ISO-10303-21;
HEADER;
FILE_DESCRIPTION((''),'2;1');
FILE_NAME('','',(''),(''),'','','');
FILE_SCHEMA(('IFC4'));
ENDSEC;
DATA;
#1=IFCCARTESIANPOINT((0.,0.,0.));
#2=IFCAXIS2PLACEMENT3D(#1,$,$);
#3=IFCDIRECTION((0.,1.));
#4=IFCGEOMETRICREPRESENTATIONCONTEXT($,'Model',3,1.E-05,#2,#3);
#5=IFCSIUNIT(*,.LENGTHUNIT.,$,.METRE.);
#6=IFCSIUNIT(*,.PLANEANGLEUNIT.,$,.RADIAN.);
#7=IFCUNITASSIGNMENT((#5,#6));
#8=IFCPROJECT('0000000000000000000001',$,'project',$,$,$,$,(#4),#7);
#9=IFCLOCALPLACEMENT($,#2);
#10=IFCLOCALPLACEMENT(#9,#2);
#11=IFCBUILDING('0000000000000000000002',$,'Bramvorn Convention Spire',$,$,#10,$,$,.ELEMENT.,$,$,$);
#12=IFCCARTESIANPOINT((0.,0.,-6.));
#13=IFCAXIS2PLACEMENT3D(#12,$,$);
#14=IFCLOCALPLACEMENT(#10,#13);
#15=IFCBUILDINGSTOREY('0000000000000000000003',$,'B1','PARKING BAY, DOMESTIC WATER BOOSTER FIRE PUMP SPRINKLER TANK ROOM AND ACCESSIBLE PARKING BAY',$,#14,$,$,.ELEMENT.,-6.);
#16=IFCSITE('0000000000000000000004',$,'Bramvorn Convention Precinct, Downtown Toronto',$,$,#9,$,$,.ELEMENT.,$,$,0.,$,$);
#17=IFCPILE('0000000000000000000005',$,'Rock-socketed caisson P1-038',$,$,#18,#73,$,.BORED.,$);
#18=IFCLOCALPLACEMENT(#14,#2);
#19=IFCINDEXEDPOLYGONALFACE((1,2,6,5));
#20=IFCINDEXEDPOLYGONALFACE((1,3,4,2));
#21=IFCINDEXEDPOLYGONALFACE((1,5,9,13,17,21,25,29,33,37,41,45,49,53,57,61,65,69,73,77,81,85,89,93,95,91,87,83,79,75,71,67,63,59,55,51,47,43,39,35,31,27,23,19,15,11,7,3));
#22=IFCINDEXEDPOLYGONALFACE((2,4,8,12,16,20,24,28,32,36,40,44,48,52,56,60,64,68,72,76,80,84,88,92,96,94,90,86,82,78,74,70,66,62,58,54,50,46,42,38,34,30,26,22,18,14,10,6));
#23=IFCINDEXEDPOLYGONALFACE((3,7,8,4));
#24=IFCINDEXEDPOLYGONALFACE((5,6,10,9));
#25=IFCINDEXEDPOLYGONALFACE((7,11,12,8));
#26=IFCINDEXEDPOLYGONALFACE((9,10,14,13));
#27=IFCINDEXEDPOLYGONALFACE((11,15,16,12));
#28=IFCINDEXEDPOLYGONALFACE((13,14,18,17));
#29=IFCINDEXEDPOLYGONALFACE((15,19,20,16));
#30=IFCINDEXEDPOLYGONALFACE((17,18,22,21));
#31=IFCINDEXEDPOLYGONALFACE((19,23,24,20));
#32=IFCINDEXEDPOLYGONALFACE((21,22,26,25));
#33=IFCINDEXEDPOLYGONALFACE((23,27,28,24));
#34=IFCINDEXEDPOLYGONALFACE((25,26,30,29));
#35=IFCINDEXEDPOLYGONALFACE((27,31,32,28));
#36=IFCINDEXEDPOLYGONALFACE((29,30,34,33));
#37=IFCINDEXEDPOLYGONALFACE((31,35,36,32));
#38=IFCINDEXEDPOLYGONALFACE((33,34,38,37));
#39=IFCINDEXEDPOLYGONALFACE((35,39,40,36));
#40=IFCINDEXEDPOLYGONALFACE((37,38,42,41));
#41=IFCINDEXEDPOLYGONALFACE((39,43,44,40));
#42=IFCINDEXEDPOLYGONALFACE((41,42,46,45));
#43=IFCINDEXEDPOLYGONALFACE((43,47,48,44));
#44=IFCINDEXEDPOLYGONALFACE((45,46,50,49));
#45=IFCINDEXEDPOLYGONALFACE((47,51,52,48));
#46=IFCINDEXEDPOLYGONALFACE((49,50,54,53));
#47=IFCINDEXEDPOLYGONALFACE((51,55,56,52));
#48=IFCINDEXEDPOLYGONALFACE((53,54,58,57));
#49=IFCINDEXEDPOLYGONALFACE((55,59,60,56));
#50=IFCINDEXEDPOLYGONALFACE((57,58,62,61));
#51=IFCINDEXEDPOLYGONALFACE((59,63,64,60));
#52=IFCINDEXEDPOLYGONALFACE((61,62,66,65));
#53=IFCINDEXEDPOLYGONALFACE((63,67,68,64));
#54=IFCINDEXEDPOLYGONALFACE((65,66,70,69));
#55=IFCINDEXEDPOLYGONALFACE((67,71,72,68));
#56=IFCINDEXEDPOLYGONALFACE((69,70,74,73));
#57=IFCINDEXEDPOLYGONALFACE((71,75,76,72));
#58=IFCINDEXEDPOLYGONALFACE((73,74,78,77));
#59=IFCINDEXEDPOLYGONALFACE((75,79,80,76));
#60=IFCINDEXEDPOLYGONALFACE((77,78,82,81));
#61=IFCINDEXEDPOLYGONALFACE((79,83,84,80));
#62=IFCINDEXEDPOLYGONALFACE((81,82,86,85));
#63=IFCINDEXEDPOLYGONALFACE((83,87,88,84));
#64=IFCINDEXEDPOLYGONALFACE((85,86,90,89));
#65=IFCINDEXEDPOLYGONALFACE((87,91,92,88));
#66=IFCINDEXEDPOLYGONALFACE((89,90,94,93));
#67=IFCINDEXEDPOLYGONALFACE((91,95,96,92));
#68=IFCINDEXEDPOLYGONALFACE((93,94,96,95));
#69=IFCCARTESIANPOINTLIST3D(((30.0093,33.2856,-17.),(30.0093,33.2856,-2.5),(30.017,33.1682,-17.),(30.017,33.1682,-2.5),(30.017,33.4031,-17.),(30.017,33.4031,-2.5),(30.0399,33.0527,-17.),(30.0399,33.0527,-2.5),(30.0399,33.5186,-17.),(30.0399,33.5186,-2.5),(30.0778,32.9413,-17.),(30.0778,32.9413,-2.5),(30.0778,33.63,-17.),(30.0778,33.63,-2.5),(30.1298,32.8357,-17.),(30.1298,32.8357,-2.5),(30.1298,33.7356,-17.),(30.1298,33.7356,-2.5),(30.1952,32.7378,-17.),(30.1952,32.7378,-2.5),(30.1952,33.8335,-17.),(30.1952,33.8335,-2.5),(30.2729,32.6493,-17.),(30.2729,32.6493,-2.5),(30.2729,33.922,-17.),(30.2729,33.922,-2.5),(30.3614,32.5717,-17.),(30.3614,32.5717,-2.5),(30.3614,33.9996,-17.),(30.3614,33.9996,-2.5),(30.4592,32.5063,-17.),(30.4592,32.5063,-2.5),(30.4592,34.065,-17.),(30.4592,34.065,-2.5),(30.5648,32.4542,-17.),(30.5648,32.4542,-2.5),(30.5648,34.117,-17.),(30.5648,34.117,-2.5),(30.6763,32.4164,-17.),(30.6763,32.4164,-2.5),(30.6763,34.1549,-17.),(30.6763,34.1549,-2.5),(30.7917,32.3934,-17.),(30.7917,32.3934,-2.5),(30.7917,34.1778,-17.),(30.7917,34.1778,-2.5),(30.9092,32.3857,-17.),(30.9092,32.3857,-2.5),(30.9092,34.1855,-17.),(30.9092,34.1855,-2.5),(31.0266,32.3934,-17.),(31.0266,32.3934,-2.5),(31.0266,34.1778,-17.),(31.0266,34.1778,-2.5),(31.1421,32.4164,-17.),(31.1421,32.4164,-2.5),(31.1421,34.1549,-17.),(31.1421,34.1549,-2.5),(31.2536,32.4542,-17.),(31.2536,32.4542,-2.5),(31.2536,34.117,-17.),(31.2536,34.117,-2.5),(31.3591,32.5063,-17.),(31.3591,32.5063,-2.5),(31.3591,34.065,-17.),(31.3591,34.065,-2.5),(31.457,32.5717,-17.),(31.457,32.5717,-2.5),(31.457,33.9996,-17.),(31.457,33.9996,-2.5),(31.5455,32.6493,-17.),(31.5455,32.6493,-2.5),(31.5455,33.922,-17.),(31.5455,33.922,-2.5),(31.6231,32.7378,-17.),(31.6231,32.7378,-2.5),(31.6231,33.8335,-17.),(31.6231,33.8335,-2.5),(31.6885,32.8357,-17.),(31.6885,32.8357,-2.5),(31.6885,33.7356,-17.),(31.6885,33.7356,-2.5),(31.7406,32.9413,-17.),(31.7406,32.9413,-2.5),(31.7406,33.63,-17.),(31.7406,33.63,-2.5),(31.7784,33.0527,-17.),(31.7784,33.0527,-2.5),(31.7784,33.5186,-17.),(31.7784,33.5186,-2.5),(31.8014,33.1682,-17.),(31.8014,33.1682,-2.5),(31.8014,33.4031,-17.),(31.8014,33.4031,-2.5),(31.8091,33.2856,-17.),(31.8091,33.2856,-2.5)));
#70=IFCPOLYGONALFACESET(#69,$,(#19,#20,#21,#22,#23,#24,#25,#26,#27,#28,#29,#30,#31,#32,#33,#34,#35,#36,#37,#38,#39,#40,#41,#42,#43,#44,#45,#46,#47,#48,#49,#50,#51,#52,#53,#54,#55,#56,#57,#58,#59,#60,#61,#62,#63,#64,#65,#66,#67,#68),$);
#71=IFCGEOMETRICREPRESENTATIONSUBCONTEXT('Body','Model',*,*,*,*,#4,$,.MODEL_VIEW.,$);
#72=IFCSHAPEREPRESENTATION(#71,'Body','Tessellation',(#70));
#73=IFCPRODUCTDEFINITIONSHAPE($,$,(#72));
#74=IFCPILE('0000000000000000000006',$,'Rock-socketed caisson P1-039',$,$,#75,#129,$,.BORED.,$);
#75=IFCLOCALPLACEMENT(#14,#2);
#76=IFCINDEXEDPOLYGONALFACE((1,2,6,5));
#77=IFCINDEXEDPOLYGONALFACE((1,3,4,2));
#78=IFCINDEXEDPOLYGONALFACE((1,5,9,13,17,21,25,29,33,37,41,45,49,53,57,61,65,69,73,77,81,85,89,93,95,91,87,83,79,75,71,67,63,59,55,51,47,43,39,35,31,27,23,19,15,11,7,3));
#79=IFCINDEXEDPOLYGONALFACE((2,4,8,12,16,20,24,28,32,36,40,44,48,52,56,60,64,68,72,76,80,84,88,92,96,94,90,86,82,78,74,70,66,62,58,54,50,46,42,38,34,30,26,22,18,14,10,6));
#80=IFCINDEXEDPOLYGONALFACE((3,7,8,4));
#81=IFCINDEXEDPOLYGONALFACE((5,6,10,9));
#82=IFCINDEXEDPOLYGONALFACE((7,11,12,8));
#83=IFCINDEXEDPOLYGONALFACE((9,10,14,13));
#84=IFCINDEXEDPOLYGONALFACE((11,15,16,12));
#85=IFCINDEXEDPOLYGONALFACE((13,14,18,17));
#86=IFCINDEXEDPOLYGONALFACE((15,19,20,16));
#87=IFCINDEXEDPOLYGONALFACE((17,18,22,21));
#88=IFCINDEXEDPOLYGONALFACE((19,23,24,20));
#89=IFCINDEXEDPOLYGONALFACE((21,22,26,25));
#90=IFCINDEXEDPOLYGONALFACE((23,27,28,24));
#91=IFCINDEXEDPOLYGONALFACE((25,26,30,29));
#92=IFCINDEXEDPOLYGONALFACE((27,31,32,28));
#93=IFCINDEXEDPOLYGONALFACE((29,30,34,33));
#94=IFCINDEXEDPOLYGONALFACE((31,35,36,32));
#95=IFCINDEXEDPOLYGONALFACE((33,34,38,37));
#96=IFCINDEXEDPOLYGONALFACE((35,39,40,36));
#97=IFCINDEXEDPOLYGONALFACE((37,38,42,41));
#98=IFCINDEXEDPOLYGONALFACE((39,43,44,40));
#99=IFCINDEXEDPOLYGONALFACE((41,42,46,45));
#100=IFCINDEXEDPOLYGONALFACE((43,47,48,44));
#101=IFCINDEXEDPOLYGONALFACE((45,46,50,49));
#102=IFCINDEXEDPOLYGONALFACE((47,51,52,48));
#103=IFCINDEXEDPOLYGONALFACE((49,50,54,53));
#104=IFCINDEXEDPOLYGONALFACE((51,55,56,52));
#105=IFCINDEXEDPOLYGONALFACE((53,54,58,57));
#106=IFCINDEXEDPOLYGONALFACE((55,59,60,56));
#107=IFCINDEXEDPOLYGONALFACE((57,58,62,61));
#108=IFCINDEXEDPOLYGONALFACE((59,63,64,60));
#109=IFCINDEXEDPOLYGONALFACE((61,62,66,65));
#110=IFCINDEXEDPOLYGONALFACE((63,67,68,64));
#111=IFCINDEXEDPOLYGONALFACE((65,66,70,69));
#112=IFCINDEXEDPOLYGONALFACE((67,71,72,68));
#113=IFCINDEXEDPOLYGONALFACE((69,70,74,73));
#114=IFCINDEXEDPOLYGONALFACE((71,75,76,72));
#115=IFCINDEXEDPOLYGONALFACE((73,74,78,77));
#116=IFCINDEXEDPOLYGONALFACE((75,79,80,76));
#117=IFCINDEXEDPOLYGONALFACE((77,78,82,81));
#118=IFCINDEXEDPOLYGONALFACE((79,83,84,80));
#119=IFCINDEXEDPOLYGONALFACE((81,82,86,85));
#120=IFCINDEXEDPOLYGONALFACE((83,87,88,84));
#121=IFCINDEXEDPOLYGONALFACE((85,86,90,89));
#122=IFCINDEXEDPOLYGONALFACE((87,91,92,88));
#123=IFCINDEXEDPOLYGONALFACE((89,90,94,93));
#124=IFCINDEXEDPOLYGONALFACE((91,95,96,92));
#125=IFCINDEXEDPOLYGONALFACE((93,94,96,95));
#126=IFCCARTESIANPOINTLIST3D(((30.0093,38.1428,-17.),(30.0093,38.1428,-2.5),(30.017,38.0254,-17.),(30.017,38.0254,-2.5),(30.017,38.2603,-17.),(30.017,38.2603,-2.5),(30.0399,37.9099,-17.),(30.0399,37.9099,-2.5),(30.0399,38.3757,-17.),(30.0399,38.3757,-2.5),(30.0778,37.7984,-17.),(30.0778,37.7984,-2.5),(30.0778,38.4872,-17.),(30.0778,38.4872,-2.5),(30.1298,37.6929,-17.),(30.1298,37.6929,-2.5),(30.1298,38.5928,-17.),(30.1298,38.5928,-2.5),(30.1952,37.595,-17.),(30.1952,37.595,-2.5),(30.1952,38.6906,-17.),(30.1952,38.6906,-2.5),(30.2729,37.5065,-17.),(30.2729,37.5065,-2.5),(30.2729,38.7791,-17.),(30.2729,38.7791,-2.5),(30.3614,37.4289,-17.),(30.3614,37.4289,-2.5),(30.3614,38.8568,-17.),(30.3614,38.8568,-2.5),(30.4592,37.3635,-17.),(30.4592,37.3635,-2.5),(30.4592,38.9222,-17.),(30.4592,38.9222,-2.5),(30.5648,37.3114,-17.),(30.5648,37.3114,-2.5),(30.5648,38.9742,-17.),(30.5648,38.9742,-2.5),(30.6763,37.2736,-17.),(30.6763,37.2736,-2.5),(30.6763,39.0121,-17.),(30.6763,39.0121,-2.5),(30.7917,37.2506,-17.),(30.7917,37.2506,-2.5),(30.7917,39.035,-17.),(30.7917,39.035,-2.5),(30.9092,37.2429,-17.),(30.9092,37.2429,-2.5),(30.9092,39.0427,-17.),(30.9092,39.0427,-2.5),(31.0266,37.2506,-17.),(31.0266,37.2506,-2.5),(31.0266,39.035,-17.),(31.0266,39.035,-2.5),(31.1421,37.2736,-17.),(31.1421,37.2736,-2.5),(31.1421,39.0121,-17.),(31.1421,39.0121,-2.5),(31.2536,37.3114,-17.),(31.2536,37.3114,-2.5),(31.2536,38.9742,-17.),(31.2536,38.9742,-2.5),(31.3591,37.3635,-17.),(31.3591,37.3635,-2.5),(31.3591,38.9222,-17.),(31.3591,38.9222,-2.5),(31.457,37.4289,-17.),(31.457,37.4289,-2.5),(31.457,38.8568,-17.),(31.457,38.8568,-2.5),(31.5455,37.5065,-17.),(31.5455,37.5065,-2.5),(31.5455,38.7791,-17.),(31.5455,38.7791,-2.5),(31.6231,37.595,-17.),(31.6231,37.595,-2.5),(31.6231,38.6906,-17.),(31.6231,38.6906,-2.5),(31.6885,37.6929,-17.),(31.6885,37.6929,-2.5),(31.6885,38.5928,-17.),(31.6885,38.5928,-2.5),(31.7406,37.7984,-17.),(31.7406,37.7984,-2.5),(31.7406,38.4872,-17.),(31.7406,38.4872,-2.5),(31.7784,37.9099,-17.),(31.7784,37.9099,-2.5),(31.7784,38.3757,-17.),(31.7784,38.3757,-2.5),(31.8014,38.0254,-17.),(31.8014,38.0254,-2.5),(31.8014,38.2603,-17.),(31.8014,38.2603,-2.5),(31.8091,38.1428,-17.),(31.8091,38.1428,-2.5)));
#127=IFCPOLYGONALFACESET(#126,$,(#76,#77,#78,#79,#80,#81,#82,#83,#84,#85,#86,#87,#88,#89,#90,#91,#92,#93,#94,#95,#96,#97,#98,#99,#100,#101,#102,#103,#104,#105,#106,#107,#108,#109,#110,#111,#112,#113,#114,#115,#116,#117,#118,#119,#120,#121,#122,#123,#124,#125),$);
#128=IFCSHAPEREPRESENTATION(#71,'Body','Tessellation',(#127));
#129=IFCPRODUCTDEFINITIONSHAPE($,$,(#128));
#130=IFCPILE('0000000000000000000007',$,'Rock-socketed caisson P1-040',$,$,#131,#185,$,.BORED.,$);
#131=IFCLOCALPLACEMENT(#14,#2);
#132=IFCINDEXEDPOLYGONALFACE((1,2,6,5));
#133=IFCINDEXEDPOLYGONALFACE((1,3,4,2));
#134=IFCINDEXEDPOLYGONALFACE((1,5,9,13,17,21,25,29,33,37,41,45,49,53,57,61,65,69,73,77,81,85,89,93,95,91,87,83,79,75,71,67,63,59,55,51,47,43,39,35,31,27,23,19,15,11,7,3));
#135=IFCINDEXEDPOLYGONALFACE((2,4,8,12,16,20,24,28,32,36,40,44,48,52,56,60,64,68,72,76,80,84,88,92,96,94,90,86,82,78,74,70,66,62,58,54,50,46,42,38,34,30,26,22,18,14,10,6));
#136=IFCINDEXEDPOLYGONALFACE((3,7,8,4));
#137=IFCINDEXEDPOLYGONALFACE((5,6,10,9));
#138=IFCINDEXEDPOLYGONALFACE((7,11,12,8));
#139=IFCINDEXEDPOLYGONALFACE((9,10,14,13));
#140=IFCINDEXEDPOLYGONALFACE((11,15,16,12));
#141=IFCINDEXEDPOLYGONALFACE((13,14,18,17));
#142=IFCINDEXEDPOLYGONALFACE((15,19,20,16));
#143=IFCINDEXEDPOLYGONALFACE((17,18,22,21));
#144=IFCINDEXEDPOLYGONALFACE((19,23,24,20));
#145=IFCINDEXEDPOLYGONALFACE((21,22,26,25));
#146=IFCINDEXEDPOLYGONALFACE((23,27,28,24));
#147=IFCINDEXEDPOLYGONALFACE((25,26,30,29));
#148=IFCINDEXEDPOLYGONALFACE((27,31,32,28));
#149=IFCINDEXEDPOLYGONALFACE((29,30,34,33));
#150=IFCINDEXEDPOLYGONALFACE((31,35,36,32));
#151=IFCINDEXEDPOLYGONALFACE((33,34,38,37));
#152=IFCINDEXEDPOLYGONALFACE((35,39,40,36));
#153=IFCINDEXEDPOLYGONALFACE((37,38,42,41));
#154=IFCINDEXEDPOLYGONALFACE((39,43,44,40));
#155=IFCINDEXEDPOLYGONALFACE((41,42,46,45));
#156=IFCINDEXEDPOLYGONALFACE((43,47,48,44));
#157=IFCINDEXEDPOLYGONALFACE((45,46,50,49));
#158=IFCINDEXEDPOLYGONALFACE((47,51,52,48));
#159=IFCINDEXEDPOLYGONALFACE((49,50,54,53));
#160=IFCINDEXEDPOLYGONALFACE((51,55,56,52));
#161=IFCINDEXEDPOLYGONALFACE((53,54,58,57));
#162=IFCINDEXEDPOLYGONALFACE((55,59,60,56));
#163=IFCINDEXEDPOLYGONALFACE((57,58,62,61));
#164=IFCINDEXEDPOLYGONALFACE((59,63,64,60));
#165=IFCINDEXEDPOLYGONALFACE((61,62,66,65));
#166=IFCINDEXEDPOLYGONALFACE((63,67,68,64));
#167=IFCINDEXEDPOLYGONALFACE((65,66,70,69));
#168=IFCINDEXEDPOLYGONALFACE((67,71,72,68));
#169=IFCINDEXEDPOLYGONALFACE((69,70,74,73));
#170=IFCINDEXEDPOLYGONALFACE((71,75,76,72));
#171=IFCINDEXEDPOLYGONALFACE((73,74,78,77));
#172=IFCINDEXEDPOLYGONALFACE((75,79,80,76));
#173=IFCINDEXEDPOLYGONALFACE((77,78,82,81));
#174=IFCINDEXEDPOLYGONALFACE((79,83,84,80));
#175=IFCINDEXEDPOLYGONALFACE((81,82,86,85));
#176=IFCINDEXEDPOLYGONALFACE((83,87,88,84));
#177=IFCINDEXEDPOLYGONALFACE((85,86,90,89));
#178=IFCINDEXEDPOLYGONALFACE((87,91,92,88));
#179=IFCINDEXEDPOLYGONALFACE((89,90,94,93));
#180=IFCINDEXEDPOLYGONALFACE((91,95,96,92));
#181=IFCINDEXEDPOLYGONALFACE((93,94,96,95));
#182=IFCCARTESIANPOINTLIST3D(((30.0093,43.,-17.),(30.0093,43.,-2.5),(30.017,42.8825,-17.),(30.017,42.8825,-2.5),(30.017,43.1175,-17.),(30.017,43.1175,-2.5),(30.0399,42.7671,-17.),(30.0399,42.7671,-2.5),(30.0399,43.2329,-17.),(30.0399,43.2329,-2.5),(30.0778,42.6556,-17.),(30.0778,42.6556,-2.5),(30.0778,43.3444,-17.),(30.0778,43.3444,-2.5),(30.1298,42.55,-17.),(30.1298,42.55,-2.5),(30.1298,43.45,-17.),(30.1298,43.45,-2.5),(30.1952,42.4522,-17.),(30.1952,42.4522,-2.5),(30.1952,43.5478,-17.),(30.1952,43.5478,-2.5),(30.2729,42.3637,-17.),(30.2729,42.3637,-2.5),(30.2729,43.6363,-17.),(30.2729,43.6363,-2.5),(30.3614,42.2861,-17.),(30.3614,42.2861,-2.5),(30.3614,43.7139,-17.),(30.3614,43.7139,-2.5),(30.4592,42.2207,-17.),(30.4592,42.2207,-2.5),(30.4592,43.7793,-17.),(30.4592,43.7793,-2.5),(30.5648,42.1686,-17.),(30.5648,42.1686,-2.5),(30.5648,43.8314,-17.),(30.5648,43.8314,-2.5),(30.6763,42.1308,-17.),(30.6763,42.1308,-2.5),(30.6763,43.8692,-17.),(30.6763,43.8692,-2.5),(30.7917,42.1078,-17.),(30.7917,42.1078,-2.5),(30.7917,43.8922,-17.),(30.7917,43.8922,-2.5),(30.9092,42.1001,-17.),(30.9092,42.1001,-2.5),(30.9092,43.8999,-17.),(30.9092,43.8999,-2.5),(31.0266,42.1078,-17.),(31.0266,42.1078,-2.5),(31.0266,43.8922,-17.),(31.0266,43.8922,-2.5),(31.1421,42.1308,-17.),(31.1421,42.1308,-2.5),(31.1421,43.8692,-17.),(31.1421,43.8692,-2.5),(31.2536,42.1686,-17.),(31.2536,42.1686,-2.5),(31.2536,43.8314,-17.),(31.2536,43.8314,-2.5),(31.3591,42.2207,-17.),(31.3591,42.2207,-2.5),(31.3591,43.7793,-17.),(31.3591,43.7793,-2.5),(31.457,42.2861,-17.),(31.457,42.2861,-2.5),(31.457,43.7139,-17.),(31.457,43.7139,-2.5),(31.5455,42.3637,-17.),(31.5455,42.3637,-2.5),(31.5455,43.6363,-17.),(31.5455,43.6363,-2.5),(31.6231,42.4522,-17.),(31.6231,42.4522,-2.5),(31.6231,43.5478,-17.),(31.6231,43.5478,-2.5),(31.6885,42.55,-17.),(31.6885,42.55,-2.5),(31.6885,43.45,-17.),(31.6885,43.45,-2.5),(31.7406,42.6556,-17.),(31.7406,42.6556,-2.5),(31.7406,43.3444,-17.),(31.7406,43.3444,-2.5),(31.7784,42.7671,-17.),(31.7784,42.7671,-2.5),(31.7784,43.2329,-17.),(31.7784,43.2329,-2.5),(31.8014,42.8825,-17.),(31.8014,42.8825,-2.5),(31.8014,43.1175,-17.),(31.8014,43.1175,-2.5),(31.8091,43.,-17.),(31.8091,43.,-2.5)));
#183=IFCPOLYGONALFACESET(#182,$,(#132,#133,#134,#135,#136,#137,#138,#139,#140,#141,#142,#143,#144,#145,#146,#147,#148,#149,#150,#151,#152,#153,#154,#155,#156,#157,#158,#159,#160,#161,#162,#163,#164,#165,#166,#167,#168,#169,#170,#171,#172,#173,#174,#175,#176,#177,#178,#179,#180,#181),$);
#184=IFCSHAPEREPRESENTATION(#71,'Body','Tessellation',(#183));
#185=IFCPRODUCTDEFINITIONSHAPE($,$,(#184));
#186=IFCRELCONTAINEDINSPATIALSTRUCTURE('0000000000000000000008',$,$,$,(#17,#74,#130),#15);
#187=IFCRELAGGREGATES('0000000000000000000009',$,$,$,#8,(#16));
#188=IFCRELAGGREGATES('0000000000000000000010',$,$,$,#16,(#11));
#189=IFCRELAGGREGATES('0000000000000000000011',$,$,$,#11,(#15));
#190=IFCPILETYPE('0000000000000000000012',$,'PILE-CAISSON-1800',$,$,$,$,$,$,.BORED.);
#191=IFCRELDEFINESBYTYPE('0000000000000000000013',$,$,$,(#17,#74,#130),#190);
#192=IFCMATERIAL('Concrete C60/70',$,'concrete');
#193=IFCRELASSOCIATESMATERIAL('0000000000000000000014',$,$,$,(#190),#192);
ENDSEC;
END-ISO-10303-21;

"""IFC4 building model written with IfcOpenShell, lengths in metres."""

from ifc_helpers import new_model, si_unit, direction, frame, origin, origin_2d, place, context, subcontext, project, spatial, circle, extrude, material, material_profile, profile_set, type_object, element, save


model = new_model("IFC4")

# Units and contexts
model_context = context("Model", 3, precision=1e-05, world=origin(), true_north=direction((0.0, 1.0)))
body_context = subcontext(model_context, "Body", "Model", "MODEL_VIEW")
ifc_project = project(units=[si_unit("LENGTHUNIT", "METRE"), si_unit("PLANEANGLEUNIT", "RADIAN")], contexts=[model_context])

# Site, building, storey
site_placement = place(None, origin())
site = spatial("IfcSite", under=ifc_project, at=site_placement, Name="Bramvorn Convention Precinct, Downtown Toronto", CompositionType="ELEMENT", RefElevation=0.0)
building_placement = place(site_placement, origin())
building = spatial("IfcBuilding", under=site, at=building_placement, Name="Bramvorn Convention Spire", CompositionType="ELEMENT")
storey_placement = place(building_placement, frame((0.0, 0.0, -6.0)))
storey = spatial("IfcBuildingStorey", under=building, at=storey_placement, Name="B1", Description="PARKING BAY, DOMESTIC WATER BOOSTER FIRE PUMP SPRINKLER TANK ROOM AND ACCESSIBLE PARKING BAY", CompositionType="ELEMENT", Elevation=-6.0)

# Piles
ifc_material_1 = material(Name="Concrete C60/70", Category="concrete")
ifc_material_profile_1 = material_profile(ifc_material_1, circle(Radius=0.8999, at=origin_2d()))
ifc_profile_set_1 = profile_set([ifc_material_profile_1], Name="Concrete C60/70 - CAISSON1800")
pile_type = type_object("IfcPileType", Name="PILE-CAISSON-1800", PredefinedType="BORED", material=ifc_profile_set_1)
for number, where, z_axis, x_axis, name in (
    (1, (30.9092, 33.2856, -2.5), (0.0, 0.0, -1.0), (1.0, 0.0, 0.0), "Rock-socketed caisson P1-038"),
    (2, (30.9092, 38.1428, -2.5), (0.0, 0.0, -1.0), (1.0, 0.0, 0.0), "Rock-socketed caisson P1-039"),
    (3, (30.9092, 43.0, -2.5), (0.0, 0.0, -1.0), (1.0, 0.0, 0.0), "Rock-socketed caisson P1-040"),
):
    element("IfcPile", number, at=place(storey_placement, frame(where, z_axis=z_axis, x_axis=x_axis)), inside=storey, type_object=pile_type, Name=name, PredefinedType="BORED", context=body_context, shape_type="SweptSolid", body=[
        extrude(circle(Radius=0.8999, at=origin_2d()), origin(), (0.0, 0.0, 1.0), 14.5),
    ])

save(model, "model.ifc")
